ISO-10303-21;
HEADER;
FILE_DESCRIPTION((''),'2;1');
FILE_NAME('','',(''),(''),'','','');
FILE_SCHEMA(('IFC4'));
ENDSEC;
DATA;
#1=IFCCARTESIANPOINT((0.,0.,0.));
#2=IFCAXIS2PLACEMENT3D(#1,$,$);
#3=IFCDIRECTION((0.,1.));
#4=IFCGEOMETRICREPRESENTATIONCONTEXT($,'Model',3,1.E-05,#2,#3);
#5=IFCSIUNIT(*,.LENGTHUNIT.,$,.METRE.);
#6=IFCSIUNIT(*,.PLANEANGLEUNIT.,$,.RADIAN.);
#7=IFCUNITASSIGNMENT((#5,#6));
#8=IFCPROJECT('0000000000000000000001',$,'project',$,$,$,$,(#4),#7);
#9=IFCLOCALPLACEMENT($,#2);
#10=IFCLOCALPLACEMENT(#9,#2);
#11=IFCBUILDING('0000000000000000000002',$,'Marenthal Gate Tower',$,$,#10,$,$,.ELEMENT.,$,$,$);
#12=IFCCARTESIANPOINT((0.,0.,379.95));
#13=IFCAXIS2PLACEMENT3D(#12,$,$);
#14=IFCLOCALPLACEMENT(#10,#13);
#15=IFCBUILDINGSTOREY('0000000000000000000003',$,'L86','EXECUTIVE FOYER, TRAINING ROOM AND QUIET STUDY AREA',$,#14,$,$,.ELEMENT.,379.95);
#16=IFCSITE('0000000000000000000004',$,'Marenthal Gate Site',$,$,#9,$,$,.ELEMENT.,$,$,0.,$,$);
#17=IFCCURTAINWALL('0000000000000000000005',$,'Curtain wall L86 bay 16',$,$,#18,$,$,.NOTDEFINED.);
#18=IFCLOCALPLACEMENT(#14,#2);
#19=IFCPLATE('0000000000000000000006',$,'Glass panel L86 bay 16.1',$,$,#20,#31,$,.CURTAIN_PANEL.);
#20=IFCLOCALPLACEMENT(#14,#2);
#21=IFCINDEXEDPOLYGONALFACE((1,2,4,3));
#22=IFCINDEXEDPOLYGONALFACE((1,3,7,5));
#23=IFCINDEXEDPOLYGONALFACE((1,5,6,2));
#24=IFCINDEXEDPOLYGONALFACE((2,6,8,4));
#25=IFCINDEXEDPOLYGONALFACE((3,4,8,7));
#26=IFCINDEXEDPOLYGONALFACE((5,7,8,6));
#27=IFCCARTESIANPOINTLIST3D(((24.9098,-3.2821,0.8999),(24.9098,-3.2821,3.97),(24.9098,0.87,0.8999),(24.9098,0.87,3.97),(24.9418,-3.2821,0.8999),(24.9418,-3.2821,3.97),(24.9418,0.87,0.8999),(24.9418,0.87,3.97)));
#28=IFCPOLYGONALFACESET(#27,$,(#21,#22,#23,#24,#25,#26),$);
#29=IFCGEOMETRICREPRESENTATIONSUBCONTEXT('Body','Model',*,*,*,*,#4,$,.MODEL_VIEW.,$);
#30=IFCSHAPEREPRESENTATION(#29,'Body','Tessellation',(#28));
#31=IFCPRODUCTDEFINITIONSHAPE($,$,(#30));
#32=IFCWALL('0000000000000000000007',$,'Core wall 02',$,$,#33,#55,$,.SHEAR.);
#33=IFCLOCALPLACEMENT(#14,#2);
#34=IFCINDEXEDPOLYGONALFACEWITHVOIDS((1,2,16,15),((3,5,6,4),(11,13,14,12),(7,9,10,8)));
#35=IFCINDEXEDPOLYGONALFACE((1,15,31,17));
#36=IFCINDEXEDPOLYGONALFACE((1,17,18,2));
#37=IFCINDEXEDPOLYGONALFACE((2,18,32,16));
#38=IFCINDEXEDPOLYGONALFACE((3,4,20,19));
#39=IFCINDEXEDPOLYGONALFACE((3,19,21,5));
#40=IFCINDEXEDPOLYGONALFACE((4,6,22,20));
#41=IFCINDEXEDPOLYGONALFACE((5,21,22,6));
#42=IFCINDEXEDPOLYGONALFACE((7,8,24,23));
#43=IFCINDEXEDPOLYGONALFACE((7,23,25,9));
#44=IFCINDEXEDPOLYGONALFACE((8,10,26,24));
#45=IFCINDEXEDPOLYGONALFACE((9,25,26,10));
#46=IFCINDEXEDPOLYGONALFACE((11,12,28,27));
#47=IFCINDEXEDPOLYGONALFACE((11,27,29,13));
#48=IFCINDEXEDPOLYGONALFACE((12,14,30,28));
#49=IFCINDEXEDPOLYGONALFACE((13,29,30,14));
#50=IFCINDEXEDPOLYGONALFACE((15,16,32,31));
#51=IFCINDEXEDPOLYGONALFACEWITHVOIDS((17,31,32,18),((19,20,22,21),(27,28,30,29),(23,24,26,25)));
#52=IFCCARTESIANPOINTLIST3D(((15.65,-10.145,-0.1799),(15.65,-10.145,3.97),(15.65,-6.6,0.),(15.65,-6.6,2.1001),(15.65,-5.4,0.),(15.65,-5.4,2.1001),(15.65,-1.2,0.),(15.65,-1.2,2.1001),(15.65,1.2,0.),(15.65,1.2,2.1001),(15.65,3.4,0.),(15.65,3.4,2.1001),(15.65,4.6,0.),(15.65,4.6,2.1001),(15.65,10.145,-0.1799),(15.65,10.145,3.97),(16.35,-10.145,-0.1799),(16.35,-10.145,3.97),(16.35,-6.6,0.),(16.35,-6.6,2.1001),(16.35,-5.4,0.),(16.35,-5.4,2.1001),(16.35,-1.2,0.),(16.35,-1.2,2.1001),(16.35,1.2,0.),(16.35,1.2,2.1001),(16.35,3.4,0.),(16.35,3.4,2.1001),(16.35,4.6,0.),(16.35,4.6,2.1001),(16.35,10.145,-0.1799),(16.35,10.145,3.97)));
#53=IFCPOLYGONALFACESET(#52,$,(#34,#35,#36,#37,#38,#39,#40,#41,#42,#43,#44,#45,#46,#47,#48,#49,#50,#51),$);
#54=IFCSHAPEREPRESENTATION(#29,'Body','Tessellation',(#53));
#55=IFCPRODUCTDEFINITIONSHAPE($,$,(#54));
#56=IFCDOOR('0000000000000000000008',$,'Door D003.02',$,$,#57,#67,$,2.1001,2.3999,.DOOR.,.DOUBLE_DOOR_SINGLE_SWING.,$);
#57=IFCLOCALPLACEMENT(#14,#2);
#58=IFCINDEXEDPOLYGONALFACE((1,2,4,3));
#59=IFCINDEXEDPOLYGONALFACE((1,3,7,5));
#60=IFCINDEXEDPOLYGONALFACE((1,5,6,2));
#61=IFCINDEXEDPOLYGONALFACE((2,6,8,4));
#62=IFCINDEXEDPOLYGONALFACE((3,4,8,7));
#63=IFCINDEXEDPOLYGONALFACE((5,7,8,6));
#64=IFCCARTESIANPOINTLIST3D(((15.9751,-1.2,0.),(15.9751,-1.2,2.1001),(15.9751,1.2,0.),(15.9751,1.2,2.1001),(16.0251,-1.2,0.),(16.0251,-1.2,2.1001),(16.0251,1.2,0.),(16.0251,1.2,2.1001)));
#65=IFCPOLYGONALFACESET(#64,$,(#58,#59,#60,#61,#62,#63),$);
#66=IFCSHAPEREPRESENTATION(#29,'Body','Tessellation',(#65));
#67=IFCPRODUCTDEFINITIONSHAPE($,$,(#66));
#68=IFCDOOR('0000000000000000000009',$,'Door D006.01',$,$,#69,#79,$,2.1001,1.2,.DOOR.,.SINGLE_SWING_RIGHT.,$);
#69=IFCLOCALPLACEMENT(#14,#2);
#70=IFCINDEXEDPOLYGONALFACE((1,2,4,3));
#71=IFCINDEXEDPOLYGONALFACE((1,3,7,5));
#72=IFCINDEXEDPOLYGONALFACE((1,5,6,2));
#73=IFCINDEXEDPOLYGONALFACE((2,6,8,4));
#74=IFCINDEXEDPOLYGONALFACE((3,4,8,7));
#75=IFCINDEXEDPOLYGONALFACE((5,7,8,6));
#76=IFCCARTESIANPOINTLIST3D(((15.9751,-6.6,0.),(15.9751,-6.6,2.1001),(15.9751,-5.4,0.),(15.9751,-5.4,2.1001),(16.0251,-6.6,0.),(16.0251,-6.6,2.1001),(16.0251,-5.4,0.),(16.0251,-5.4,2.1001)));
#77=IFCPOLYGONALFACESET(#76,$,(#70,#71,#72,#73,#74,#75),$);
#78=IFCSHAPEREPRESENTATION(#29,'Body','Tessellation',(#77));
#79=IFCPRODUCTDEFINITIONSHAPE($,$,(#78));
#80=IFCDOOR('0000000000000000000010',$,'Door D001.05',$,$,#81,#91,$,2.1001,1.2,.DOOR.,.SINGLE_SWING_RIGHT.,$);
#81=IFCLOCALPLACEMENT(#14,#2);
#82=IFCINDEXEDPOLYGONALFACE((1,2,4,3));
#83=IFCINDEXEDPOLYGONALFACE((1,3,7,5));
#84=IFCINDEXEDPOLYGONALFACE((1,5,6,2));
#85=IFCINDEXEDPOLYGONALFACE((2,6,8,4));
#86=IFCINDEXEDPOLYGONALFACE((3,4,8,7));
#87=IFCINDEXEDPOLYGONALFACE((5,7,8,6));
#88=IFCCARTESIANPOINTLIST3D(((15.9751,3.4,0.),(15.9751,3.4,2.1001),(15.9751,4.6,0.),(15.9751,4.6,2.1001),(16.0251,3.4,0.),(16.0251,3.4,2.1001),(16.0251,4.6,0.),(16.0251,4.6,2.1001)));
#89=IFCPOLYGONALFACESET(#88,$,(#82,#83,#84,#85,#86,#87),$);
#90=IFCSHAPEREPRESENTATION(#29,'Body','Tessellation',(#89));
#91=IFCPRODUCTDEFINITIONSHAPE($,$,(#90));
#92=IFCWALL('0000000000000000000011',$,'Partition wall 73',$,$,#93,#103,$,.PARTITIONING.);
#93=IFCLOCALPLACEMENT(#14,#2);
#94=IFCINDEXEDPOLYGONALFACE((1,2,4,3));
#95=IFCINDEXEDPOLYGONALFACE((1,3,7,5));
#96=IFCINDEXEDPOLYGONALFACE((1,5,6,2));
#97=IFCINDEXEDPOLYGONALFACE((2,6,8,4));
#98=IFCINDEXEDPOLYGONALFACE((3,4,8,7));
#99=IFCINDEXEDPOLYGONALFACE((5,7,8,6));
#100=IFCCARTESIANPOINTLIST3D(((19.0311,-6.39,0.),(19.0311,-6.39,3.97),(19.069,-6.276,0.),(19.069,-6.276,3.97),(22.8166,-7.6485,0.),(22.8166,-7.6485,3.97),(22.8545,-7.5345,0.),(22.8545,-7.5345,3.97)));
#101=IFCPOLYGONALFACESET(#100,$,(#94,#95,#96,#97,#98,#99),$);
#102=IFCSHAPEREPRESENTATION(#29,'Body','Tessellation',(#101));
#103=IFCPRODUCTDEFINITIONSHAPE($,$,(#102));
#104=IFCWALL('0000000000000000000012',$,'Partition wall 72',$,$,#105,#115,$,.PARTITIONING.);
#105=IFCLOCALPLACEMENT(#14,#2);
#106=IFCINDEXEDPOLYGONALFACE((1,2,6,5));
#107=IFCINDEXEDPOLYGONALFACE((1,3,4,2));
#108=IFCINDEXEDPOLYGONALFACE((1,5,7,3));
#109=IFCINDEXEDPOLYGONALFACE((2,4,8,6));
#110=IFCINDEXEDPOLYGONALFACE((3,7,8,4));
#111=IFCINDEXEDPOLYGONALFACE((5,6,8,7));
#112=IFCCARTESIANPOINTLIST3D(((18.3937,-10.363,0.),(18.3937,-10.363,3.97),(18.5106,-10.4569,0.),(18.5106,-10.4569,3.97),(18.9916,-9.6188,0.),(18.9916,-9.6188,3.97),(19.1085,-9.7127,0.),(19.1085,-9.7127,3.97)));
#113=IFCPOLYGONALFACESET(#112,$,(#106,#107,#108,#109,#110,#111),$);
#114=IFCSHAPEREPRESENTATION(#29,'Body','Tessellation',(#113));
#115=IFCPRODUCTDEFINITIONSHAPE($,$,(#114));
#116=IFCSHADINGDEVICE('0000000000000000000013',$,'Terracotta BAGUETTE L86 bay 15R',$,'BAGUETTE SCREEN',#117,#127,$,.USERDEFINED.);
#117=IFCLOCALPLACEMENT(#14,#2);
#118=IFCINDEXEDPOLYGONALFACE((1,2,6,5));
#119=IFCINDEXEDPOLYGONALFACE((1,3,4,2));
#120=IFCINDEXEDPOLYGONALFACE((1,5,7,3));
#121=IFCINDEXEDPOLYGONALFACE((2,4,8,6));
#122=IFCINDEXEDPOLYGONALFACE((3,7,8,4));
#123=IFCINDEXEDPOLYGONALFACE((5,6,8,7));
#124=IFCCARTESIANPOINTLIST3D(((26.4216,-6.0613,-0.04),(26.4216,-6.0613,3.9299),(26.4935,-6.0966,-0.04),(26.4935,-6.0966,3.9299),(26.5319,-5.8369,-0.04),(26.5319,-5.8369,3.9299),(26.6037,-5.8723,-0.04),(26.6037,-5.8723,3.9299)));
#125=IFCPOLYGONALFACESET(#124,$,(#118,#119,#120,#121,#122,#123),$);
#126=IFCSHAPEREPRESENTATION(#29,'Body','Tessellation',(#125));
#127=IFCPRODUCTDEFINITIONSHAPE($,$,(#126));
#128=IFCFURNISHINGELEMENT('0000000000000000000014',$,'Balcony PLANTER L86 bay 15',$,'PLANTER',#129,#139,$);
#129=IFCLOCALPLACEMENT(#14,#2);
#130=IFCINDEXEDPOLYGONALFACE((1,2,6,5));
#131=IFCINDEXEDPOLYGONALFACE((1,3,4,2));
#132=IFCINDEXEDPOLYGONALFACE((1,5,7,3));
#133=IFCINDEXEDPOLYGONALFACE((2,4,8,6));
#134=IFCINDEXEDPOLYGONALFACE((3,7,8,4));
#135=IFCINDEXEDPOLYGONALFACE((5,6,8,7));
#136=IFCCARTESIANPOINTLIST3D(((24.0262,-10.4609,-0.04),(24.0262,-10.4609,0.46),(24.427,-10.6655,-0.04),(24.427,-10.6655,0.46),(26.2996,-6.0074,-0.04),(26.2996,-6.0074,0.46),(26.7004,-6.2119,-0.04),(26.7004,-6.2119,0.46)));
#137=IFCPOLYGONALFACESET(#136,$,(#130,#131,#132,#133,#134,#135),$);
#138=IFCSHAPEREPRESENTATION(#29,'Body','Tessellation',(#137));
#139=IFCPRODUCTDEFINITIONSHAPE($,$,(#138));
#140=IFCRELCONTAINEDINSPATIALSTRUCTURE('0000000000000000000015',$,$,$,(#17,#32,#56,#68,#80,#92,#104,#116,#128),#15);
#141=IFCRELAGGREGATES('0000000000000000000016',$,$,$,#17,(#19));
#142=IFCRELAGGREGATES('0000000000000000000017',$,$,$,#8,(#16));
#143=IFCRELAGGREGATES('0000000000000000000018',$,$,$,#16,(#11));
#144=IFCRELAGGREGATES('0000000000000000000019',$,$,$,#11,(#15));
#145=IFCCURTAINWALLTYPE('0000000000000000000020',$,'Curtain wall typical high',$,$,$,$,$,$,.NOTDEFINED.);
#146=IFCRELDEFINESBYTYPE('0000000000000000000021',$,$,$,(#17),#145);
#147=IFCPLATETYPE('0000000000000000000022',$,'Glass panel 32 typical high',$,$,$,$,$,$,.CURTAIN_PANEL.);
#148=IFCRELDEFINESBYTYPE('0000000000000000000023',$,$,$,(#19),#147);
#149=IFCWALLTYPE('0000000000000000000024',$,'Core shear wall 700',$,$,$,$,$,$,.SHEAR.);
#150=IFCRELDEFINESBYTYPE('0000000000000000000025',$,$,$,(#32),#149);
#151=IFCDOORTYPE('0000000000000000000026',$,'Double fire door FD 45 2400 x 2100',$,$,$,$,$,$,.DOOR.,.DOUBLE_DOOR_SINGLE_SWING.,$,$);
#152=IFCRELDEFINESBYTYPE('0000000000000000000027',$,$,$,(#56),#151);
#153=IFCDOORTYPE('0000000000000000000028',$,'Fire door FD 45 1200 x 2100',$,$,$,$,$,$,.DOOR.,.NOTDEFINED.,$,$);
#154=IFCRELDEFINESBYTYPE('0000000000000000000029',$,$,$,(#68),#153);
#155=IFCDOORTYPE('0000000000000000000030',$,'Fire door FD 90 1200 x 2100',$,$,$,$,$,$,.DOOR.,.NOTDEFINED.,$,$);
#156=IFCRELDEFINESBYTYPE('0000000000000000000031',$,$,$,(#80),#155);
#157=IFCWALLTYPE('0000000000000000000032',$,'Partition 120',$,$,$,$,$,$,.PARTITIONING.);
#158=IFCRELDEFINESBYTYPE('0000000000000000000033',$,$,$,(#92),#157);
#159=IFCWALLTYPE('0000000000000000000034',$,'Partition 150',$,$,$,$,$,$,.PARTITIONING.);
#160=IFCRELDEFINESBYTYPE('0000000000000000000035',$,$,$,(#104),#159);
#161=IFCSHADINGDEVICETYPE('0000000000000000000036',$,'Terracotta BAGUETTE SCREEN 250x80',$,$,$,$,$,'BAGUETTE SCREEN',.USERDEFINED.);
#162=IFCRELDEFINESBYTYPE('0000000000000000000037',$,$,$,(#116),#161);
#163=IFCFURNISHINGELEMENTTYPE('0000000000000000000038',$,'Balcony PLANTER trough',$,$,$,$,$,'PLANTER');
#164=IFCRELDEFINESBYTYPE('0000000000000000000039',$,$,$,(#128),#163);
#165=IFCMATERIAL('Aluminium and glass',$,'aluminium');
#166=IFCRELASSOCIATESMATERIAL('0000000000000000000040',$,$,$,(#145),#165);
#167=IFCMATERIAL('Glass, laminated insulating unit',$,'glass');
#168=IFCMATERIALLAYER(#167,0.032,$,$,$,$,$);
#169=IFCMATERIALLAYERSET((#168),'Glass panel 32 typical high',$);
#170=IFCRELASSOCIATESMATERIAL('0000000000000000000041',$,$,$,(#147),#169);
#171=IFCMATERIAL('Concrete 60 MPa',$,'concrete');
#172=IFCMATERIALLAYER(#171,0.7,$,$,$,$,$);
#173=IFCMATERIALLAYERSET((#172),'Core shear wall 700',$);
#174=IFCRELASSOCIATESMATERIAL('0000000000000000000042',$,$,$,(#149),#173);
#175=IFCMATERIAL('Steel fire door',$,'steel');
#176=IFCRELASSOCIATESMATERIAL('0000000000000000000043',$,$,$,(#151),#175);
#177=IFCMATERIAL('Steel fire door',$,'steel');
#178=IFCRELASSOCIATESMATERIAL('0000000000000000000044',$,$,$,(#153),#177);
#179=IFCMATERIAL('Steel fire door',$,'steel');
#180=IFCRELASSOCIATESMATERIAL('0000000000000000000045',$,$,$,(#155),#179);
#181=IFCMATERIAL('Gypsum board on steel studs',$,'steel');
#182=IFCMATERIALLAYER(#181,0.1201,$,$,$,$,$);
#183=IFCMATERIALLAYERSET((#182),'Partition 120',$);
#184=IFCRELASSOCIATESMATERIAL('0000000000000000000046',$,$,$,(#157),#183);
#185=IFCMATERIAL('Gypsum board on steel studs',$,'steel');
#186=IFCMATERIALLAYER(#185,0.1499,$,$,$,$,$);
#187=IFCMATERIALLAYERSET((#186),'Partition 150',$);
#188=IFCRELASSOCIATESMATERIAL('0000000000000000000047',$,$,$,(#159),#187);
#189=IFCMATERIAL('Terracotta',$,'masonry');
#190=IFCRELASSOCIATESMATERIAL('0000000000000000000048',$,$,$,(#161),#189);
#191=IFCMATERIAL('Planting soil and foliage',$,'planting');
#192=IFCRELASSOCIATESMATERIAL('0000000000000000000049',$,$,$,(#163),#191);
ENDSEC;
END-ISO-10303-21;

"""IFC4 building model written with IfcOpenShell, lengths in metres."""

from ifc_helpers import new_model, si_unit, direction, frame, frame_2d, origin, origin_2d, place, context, subcontext, project, spatial, rectangle, extrude, material, layer, layer_set, material_profile, profile_set, type_object, element, fill, aggregate, save


model = new_model("IFC4")

# Units and contexts
model_context = context("Model", 3, precision=1e-05, world=origin(), true_north=direction((0.0, 1.0)))
body_context = subcontext(model_context, "Body", "Model", "MODEL_VIEW")
ifc_project = project(units=[si_unit("LENGTHUNIT", "METRE"), si_unit("PLANEANGLEUNIT", "RADIAN")], contexts=[model_context])

# Site, building, storey
site_placement = place(None, origin())
site = spatial("IfcSite", under=ifc_project, at=site_placement, Name="Marenthal Gate Site", CompositionType="ELEMENT", RefElevation=0.0)
building_placement = place(site_placement, origin())
building = spatial("IfcBuilding", under=site, at=building_placement, Name="Marenthal Gate Tower", CompositionType="ELEMENT")
storey_placement = place(building_placement, frame((0.0, 0.0, 379.95)))
storey = spatial("IfcBuildingStorey", under=building, at=storey_placement, Name="L86", Description="EXECUTIVE FOYER, TRAINING ROOM AND QUIET STUDY AREA", CompositionType="ELEMENT", Elevation=379.95)

# Curtain wall
ifc_material_1 = material(Name="Aluminium and glass", Category="aluminium")
curtain_wall_type = type_object("IfcCurtainWallType", Name="Curtain wall typical high", PredefinedType="NOTDEFINED", material=ifc_material_1)
curtain_wall_placement = place(storey_placement, origin())
curtain_wall = element("IfcCurtainWall", 1, at=curtain_wall_placement, inside=storey, type_object=curtain_wall_type, Name="Curtain wall L86 bay 16", PredefinedType="NOTDEFINED")

# Plate
ifc_material_2 = material(Name="Glass, laminated insulating unit", Category="glass")
ifc_layer_1 = layer(ifc_material_2, 0.032)
ifc_layer_set_1 = layer_set([ifc_layer_1], Name="Glass panel 32 typical high")
plate_type = type_object("IfcPlateType", Name="Glass panel 32 typical high", PredefinedType="CURTAIN_PANEL", material=ifc_layer_set_1)
plate_placement = place(storey_placement, frame((24.9258, -1.2061, 0.8999), z_axis=(0.0, 0.0, 1.0), x_axis=(0.0, 1.0, 0.0)))
plate = element("IfcPlate", 2, at=plate_placement, type_object=plate_type, Name="Glass panel L86 bay 16.1", PredefinedType="CURTAIN_PANEL", context=body_context, shape_type="SweptSolid", body=[
    extrude(rectangle(XDim=4.1521, YDim=0.032, at=origin_2d()), origin(), (0.0, 0.0, 1.0), 3.0701),
])
aggregate(curtain_wall, [plate])

# Wall, openings, doors
ifc_material_3 = material(Name="Concrete 60 MPa", Category="concrete")
ifc_layer_2 = layer(ifc_material_3, 0.7)
ifc_layer_set_2 = layer_set([ifc_layer_2], Name="Core shear wall 700")
wall_type_1 = type_object("IfcWallType", Name="Core shear wall 700", PredefinedType="SHEAR", material=ifc_layer_set_2)
wall_1_placement = place(storey_placement, frame((16.0, -10.145, -0.1799), z_axis=(0.0, 0.0, 1.0), x_axis=(0.0, 1.0, 0.0)))
wall_1 = element("IfcWall", 3, at=wall_1_placement, inside=storey, type_object=wall_type_1, Name="Core wall 02", PredefinedType="SHEAR", context=body_context, shape_type="SweptSolid", body=[
    extrude(rectangle(XDim=20.29, YDim=0.7, at=frame_2d((10.145, 0.0))), origin(), (0.0, 0.0, 1.0), 4.1499),
])
opening_1_placement = place(wall_1_placement, frame((8.9451, 0.0, 0.1799)))
opening_1 = element("IfcOpeningElement", 4, at=opening_1_placement, cuts=wall_1, PredefinedType="OPENING", context=body_context, shape_type="SweptSolid", body=[
    extrude(rectangle(XDim=2.3999, YDim=2.1001, at=frame_2d((1.2, 1.05))), frame((0.0, 0.3599, 0.0), z_axis=(0.0, -1.0, 0.0), x_axis=(1.0, 0.0, 0.0)), (0.0, 0.0, 1.0), 0.72),
])
opening_2_placement = place(wall_1_placement, frame((13.5449, 0.0, 0.1799)))
opening_2 = element("IfcOpeningElement", 5, at=opening_2_placement, cuts=wall_1, PredefinedType="OPENING", context=body_context, shape_type="SweptSolid", body=[
    extrude(rectangle(XDim=1.2, YDim=2.1001, at=frame_2d((0.6001, 1.05))), frame((0.0, 0.3599, 0.0), z_axis=(0.0, -1.0, 0.0), x_axis=(1.0, 0.0, 0.0)), (0.0, 0.0, 1.0), 0.72),
])
opening_3_placement = place(wall_1_placement, frame((3.5449, 0.0, 0.1799)))
opening_3 = element("IfcOpeningElement", 6, at=opening_3_placement, cuts=wall_1, PredefinedType="OPENING", context=body_context, shape_type="SweptSolid", body=[
    extrude(rectangle(XDim=1.2, YDim=2.1001, at=frame_2d((0.6001, 1.05))), frame((0.0, 0.3599, 0.0), z_axis=(0.0, -1.0, 0.0), x_axis=(1.0, 0.0, 0.0)), (0.0, 0.0, 1.0), 0.72),
])
ifc_material_4 = material(Name="Steel fire door", Category="steel")
door_type_1 = type_object("IfcDoorType", Name="Double fire door FD 45 2400 x 2100", OperationType="DOUBLE_DOOR_SINGLE_SWING", PredefinedType="DOOR", material=ifc_material_4)
door_1_placement = place(opening_1_placement, origin())
door_1 = element("IfcDoor", 7, at=door_1_placement, inside=storey, type_object=door_type_1, Name="Door D003.02", OperationType="DOUBLE_DOOR_SINGLE_SWING", OverallHeight=2.1001, OverallWidth=2.3999, PredefinedType="DOOR", context=body_context, shape_type="SweptSolid", body=[
    extrude(rectangle(XDim=2.3999, YDim=2.1001, at=frame_2d((1.2, 1.05))), frame((0.0, 0.0249, 0.0), z_axis=(0.0, -1.0, 0.0), x_axis=(1.0, 0.0, 0.0)), (0.0, 0.0, 1.0), 0.05),
])
fill(opening_1, door_1)
ifc_material_5 = material(Name="Steel fire door", Category="steel")
door_type_2 = type_object("IfcDoorType", Name="Fire door FD 45 1200 x 2100", OperationType="NOTDEFINED", PredefinedType="DOOR", material=ifc_material_5)
door_2_placement = place(opening_3_placement, origin())
door_2 = element("IfcDoor", 8, at=door_2_placement, inside=storey, type_object=door_type_2, Name="Door D006.01", OperationType="SINGLE_SWING_RIGHT", OverallHeight=2.1001, OverallWidth=1.2, PredefinedType="DOOR", context=body_context, shape_type="SweptSolid", body=[
    extrude(rectangle(XDim=1.2, YDim=2.1001, at=frame_2d((0.6001, 1.05))), frame((0.0, 0.0249, 0.0), z_axis=(0.0, -1.0, 0.0), x_axis=(1.0, 0.0, 0.0)), (0.0, 0.0, 1.0), 0.05),
])
fill(opening_3, door_2)
ifc_material_6 = material(Name="Steel fire door", Category="steel")
door_type_3 = type_object("IfcDoorType", Name="Fire door FD 90 1200 x 2100", OperationType="NOTDEFINED", PredefinedType="DOOR", material=ifc_material_6)
door_3_placement = place(opening_2_placement, origin())
door_3 = element("IfcDoor", 9, at=door_3_placement, inside=storey, type_object=door_type_3, Name="Door D001.05", OperationType="SINGLE_SWING_RIGHT", OverallHeight=2.1001, OverallWidth=1.2, PredefinedType="DOOR", context=body_context, shape_type="SweptSolid", body=[
    extrude(rectangle(XDim=1.2, YDim=2.1001, at=frame_2d((0.6001, 1.05))), frame((0.0, 0.0249, 0.0), z_axis=(0.0, -1.0, 0.0), x_axis=(1.0, 0.0, 0.0)), (0.0, 0.0, 1.0), 0.05),
])
fill(opening_2, door_3)

# Walls
ifc_material_7 = material(Name="Gypsum board on steel studs", Category="steel")
ifc_layer_3 = layer(ifc_material_7, 0.1201)
ifc_layer_set_3 = layer_set([ifc_layer_3], Name="Partition 120")
wall_type_2 = type_object("IfcWallType", Name="Partition 120", PredefinedType="PARTITIONING", material=ifc_layer_set_3)
wall_2_placement = place(storey_placement, frame((19.05, -6.333, 0.0), z_axis=(0.0, 0.0, 1.0), x_axis=(0.948934, -0.315475, 0.0)))
element("IfcWall", 10, at=wall_2_placement, inside=storey, type_object=wall_type_2, Name="Partition wall 73", PredefinedType="PARTITIONING", context=body_context, shape_type="SweptSolid", body=[
    extrude(rectangle(XDim=3.9893, YDim=0.1201, at=frame_2d((1.9946, 0.0))), origin(), (0.0, 0.0, 1.0), 3.97),
])
ifc_material_8 = material(Name="Gypsum board on steel studs", Category="steel")
ifc_layer_4 = layer(ifc_material_8, 0.1499)
ifc_layer_set_4 = layer_set([ifc_layer_4], Name="Partition 150")
wall_type_3 = type_object("IfcWallType", Name="Partition 150", PredefinedType="PARTITIONING", material=ifc_layer_set_4)
wall_3_placement = place(storey_placement, frame((19.05, -9.6658, 0.0), z_axis=(0.0, 0.0, 1.0), x_axis=(-0.626347, -0.779545, 0.0)))
element("IfcWall", 11, at=wall_3_placement, inside=storey, type_object=wall_type_3, Name="Partition wall 72", PredefinedType="PARTITIONING", context=body_context, shape_type="SweptSolid", body=[
    extrude(rectangle(XDim=0.9546, YDim=0.1499, at=frame_2d((0.4773, 0.0))), origin(), (0.0, 0.0, 1.0), 3.97),
])

# Shading device
ifc_material_9 = material(Name="Terracotta", Category="masonry")
ifc_material_profile_1 = material_profile(ifc_material_9, rectangle(XDim=0.25, YDim=0.0801, at=origin_2d()), Name="Terracotta baguette 250x80")
ifc_profile_set_1 = profile_set([ifc_material_profile_1], Name="Terracotta")
shading_device_type = type_object("IfcShadingDeviceType", Name="Terracotta BAGUETTE SCREEN 250x80", ElementType="BAGUETTE SCREEN", PredefinedType="USERDEFINED", material=ifc_profile_set_1)
shading_device_placement = place(storey_placement, frame((26.5127, -5.9668, -0.04), z_axis=(0.0, 0.0, 1.0), x_axis=(0.440939, 0.897537, 0.0)))
element("IfcShadingDevice", 12, at=shading_device_placement, inside=storey, type_object=shading_device_type, Name="Terracotta BAGUETTE L86 bay 15R", ObjectType="BAGUETTE SCREEN", PredefinedType="USERDEFINED", context=body_context, shape_type="SweptSolid", body=[
    extrude(rectangle(XDim=0.25, YDim=0.0801, at=origin_2d()), origin(), (0.0, 0.0, 1.0), 3.97),
])

# Furnishing element
ifc_material_10 = material(Name="Planting soil and foliage", Category="planting")
furnishing_element_type = type_object("IfcFurnishingElementType", Name="Balcony PLANTER trough", ElementType="PLANTER", material=ifc_material_10)
furnishing_placement = place(storey_placement, frame((25.3633, -8.3364, -0.04), z_axis=(0.0, 0.0, 1.0), x_axis=(0.454654, 0.890668, 0.0)))
element("IfcFurnishingElement", 13, at=furnishing_placement, inside=storey, type_object=furnishing_element_type, Name="Balcony PLANTER L86 bay 15", ObjectType="PLANTER", context=body_context, shape_type="SweptSolid", body=[
    extrude(rectangle(XDim=5.0002, YDim=0.45, at=origin_2d()), origin(), (0.0, 0.0, 1.0), 0.5),
])

save(model, "model.ifc")
